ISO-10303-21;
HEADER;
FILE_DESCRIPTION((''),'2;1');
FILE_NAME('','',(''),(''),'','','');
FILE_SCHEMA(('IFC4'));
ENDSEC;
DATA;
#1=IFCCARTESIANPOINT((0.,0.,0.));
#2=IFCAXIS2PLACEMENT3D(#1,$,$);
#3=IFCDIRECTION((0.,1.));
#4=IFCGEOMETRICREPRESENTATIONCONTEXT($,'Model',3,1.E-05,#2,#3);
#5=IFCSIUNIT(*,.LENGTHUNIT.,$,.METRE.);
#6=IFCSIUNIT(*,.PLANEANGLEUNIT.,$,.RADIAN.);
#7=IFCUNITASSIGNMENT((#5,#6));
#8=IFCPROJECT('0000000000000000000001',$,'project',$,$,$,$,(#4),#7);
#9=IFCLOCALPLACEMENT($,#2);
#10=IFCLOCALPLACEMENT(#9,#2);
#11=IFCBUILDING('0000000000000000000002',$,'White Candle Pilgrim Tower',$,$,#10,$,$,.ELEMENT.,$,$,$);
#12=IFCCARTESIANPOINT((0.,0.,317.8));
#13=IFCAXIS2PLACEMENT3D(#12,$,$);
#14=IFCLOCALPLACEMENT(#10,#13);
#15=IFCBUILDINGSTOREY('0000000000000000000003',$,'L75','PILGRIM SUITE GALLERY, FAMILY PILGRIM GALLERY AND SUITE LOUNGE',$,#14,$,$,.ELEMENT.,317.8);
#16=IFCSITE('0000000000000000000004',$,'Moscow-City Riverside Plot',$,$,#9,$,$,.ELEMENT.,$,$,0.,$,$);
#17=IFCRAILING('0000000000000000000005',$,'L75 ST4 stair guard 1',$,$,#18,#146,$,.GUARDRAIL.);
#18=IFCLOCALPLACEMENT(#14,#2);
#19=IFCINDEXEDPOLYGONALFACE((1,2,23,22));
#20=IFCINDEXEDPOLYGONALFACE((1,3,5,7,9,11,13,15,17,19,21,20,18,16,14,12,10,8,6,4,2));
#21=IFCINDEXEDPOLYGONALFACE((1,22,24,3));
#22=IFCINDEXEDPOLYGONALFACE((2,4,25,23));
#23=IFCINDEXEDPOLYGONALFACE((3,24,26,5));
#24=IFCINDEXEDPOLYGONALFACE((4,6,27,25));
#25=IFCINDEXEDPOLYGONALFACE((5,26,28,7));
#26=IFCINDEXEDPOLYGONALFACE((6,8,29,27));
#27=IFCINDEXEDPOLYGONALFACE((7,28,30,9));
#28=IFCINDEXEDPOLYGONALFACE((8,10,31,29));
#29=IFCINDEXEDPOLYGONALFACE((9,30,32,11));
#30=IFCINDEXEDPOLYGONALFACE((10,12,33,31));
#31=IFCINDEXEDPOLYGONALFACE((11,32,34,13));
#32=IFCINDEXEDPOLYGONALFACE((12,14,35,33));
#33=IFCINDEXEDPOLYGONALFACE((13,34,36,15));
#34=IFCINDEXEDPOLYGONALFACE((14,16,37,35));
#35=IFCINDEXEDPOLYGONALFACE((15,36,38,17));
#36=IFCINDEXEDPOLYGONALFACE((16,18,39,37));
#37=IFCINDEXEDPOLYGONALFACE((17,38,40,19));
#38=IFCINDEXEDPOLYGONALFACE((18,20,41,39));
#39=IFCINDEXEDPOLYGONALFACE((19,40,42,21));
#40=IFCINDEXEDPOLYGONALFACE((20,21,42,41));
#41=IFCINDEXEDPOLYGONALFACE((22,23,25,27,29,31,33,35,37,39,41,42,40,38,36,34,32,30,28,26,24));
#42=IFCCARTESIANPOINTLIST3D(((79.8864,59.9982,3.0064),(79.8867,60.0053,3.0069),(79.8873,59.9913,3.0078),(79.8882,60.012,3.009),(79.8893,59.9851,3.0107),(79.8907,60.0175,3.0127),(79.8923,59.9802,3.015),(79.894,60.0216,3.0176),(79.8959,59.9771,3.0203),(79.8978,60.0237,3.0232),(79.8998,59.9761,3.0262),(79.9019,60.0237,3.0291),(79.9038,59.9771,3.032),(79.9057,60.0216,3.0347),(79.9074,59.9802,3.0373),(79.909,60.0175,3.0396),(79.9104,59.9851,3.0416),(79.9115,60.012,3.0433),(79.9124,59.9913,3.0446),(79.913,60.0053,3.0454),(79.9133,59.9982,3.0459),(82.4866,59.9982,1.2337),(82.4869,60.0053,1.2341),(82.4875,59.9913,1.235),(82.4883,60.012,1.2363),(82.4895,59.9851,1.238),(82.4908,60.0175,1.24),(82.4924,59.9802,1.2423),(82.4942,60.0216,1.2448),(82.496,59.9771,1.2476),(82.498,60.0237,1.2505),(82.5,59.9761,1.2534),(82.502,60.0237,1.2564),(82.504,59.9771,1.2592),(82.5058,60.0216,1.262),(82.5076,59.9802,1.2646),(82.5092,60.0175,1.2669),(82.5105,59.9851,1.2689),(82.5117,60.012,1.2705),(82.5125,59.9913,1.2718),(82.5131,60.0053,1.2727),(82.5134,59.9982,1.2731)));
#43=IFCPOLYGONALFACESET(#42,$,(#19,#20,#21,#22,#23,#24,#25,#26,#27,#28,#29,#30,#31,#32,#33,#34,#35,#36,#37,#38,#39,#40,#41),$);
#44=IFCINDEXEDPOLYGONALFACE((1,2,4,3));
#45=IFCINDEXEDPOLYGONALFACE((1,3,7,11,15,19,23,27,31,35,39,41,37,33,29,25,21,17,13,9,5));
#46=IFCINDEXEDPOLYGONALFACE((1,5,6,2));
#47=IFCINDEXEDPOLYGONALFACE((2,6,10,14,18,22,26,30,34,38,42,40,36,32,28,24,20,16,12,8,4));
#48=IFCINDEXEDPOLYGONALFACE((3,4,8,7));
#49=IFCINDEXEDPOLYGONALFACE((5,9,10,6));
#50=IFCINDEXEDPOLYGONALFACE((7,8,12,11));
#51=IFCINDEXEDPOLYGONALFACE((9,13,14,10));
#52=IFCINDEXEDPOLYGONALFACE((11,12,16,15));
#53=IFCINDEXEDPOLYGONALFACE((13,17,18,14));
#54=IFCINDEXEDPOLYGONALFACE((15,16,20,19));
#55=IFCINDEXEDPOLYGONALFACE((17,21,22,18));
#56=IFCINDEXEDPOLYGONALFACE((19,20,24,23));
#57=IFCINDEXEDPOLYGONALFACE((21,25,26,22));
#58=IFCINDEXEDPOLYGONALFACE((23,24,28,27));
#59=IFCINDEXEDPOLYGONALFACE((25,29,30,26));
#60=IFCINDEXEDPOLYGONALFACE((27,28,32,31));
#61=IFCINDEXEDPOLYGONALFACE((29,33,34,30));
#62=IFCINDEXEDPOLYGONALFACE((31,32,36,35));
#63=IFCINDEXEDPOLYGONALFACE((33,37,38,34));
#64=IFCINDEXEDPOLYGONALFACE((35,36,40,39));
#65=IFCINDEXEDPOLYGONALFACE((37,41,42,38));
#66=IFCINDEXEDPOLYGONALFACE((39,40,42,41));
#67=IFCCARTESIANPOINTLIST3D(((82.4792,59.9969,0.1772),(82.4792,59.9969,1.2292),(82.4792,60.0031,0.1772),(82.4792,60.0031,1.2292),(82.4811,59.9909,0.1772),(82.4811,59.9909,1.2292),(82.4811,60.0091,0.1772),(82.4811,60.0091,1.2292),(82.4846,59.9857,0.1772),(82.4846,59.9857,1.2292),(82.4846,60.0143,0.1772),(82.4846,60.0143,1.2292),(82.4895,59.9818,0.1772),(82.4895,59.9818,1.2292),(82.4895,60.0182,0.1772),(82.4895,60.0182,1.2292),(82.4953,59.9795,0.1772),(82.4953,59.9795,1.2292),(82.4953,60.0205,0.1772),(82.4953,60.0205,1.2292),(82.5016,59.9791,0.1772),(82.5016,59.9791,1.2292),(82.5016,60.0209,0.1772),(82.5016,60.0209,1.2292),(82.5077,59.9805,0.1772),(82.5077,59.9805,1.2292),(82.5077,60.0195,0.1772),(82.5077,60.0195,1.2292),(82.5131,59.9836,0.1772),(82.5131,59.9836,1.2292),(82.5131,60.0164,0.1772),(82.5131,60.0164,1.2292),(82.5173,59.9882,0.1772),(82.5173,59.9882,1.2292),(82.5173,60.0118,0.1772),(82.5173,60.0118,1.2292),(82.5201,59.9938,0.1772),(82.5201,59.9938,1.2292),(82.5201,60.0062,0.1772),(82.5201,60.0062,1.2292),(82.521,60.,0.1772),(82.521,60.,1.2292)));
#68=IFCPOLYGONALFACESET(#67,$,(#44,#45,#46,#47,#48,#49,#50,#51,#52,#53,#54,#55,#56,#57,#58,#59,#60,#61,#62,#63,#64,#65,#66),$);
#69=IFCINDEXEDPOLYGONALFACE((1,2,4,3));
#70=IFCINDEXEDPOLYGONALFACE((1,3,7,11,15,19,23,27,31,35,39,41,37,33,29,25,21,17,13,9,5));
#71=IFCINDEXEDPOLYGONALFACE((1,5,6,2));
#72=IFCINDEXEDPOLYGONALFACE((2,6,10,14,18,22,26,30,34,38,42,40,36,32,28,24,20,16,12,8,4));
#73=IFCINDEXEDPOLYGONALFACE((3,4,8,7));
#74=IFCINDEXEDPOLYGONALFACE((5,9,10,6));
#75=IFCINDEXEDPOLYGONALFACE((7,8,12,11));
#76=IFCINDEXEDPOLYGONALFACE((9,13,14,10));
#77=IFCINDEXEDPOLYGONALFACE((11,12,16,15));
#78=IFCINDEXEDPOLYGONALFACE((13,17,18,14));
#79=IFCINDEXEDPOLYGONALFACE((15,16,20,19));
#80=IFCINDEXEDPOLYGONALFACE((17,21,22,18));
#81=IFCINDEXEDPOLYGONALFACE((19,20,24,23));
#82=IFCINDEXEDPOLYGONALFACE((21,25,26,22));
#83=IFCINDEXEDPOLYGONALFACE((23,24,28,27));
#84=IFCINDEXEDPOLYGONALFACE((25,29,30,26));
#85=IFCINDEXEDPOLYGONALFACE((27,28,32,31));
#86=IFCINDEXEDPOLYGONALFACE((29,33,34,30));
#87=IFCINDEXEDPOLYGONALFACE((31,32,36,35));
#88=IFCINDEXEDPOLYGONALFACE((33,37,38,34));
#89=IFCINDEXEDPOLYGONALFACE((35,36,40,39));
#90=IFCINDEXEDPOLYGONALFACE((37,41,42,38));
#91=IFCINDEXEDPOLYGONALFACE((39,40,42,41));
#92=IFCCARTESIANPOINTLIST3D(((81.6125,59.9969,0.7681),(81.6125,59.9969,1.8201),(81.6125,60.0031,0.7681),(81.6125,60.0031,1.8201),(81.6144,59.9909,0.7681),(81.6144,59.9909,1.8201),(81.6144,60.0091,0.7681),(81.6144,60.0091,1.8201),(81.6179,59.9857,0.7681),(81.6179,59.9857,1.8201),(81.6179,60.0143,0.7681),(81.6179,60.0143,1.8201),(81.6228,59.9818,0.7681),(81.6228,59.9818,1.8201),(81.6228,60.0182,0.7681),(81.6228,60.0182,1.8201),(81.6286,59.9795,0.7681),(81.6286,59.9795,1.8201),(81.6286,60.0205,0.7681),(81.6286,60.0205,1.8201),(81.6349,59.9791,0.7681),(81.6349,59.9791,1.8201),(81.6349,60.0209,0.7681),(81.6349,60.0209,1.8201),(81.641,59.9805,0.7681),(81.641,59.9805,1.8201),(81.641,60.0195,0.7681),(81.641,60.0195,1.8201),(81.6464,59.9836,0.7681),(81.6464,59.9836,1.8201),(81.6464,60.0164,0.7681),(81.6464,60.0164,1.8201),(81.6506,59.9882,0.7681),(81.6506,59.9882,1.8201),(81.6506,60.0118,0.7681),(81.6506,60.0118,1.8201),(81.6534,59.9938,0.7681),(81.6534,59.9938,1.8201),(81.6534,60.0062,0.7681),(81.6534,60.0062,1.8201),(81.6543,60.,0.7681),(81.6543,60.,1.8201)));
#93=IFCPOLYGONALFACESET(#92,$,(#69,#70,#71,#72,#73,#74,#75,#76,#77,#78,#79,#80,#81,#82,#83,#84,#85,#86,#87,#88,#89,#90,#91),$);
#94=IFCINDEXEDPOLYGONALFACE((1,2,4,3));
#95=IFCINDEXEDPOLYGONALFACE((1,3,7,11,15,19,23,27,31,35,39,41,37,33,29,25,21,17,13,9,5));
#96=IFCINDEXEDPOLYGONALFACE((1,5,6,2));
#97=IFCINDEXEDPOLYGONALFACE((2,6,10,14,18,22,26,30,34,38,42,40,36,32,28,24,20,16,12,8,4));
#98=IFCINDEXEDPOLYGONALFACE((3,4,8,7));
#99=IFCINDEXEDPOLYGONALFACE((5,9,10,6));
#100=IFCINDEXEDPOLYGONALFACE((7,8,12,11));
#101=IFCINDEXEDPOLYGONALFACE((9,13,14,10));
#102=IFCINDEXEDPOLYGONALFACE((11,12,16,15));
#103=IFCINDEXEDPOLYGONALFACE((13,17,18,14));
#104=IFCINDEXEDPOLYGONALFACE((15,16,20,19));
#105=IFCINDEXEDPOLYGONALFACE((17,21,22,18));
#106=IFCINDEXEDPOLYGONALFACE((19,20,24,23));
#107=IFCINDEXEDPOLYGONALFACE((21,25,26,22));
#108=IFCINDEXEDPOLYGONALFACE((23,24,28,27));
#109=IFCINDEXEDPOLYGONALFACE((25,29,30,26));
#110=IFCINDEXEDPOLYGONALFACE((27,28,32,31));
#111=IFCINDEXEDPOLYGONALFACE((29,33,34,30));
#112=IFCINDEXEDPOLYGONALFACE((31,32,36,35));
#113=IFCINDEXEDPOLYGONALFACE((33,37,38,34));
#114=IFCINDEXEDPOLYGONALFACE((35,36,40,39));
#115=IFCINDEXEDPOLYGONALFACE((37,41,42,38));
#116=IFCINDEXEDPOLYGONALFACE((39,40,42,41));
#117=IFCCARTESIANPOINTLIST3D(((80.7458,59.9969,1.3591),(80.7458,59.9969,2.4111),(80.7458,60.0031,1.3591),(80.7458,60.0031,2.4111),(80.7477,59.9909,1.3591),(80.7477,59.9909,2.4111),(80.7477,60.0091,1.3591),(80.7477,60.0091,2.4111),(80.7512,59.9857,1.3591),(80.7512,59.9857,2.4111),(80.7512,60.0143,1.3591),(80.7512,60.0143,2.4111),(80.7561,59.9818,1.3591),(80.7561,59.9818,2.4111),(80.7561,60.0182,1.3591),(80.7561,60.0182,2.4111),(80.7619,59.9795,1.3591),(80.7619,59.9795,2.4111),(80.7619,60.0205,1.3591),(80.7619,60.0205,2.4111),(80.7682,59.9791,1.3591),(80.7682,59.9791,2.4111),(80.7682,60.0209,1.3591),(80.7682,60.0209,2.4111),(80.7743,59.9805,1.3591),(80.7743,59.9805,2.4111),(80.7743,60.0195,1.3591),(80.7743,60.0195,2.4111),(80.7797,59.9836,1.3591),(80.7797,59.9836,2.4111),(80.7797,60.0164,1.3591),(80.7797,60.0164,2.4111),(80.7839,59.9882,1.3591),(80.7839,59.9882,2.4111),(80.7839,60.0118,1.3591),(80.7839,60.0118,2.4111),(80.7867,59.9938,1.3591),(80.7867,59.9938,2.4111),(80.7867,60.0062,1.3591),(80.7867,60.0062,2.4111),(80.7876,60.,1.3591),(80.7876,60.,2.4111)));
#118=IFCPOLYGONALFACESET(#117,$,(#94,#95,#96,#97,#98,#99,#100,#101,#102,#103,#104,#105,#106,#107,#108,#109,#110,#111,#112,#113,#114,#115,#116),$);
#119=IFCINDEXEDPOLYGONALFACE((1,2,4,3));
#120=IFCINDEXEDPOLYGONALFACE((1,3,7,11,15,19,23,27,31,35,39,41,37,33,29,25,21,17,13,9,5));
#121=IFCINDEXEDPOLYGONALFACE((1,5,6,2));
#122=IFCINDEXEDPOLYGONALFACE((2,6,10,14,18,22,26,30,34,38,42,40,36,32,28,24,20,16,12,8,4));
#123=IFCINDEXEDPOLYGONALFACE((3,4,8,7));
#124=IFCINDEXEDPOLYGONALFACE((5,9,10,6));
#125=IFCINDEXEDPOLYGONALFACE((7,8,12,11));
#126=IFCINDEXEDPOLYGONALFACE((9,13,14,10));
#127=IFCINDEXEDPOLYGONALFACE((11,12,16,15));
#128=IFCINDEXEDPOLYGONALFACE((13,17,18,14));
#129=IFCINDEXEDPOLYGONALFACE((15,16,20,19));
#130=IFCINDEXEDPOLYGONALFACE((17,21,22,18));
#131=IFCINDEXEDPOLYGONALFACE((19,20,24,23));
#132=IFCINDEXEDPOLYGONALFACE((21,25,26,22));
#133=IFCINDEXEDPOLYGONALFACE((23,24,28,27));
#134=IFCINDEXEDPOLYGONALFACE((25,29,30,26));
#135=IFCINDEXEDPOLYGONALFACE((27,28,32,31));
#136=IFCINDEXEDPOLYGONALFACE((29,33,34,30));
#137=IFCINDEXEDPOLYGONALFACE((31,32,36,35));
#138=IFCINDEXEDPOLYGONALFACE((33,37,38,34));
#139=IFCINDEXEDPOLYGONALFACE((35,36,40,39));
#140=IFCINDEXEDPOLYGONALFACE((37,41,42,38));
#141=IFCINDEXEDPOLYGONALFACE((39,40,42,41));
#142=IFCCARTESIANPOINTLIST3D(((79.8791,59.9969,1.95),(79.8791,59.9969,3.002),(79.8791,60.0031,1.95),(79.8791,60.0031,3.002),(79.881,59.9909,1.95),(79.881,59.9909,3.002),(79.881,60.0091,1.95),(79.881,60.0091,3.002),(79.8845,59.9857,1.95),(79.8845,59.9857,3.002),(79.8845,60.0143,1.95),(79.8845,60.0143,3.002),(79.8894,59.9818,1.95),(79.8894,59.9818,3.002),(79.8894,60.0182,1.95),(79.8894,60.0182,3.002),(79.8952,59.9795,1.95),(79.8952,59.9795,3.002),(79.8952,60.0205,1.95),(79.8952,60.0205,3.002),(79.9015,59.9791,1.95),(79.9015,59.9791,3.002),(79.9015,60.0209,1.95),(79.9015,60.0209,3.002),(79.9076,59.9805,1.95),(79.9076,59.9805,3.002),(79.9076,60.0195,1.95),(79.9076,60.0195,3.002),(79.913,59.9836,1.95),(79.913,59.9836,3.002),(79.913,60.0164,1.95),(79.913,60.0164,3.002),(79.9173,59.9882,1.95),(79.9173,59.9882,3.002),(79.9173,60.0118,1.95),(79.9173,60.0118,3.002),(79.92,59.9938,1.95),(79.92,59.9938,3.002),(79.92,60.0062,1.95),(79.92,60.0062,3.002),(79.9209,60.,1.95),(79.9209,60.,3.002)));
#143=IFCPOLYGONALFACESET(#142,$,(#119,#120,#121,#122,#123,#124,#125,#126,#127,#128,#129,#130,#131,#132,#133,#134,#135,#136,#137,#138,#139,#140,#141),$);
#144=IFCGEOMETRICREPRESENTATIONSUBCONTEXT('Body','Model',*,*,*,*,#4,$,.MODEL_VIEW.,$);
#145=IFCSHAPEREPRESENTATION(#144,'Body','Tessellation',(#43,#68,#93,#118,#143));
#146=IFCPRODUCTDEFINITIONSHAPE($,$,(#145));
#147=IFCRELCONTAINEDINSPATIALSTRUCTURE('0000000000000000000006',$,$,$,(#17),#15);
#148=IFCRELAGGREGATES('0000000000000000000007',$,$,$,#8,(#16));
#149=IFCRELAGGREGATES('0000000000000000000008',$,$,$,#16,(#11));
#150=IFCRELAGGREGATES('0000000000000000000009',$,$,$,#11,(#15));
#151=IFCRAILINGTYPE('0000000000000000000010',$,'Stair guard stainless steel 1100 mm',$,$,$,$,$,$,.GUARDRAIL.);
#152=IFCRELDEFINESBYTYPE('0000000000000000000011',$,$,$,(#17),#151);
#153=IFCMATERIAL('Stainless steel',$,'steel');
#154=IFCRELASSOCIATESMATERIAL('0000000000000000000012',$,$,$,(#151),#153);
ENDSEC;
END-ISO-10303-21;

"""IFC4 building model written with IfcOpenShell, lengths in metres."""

from ifc_helpers import new_model, si_unit, direction, frame, origin, origin_2d, place, context, subcontext, project, spatial, circle, extrude, material, type_object, element, save


model = new_model("IFC4")

# Units and contexts
model_context = context("Model", 3, precision=1e-05, world=origin(), true_north=direction((0.0, 1.0)))
body_context = subcontext(model_context, "Body", "Model", "MODEL_VIEW")
ifc_project = project(units=[si_unit("LENGTHUNIT", "METRE"), si_unit("PLANEANGLEUNIT", "RADIAN")], contexts=[model_context])

# Site, building, storey
site_placement = place(None, origin())
site = spatial("IfcSite", under=ifc_project, at=site_placement, Name="Moscow-City Riverside Plot", CompositionType="ELEMENT", RefElevation=0.0)
building_placement = place(site_placement, origin())
building = spatial("IfcBuilding", under=site, at=building_placement, Name="White Candle Pilgrim Tower", CompositionType="ELEMENT")
storey_placement = place(building_placement, frame((0.0, 0.0, 317.8)))
storey = spatial("IfcBuildingStorey", under=building, at=storey_placement, Name="L75", Description="PILGRIM SUITE GALLERY, FAMILY PILGRIM GALLERY AND SUITE LOUNGE", CompositionType="ELEMENT", Elevation=317.8)

# Railing
ifc_material_1 = material(Name="Stainless steel", Category="steel")
railing_type_1 = type_object("IfcRailingType", Name="Stair guard stainless steel 1100 mm", PredefinedType="GUARDRAIL", material=ifc_material_1)
railing_1_placement = place(storey_placement, frame((82.5, 60.0, 0.1772)))
element("IfcRailing", 1, at=railing_1_placement, inside=storey, type_object=railing_type_1, Name="L75 ST4 stair guard 1", PredefinedType="GUARDRAIL", context=body_context, shape_type="SweptSolid", body=[
    extrude(circle(Radius=0.0239, at=origin_2d()), frame((0.0, 0.0, 1.0762), z_axis=(-0.82624, 0.0, 0.563318), x_axis=(0.0, -1.0, 0.0)), (0.0, 0.0, 1.0), 3.147),
    extrude(circle(Radius=0.021, at=origin_2d()), origin(), (0.0, 0.0, 1.0), 1.052),
    extrude(circle(Radius=0.021, at=origin_2d()), frame((-0.8667, 0.0, 0.5908)), (0.0, 0.0, 1.0), 1.052),
    extrude(circle(Radius=0.021, at=origin_2d()), frame((-1.7334, 0.0, 1.1819)), (0.0, 0.0, 1.0), 1.052),
    extrude(circle(Radius=0.021, at=origin_2d()), frame((-2.6001, 0.0, 1.7727)), (0.0, 0.0, 1.0), 1.052),
])

save(model, "model.ifc")
